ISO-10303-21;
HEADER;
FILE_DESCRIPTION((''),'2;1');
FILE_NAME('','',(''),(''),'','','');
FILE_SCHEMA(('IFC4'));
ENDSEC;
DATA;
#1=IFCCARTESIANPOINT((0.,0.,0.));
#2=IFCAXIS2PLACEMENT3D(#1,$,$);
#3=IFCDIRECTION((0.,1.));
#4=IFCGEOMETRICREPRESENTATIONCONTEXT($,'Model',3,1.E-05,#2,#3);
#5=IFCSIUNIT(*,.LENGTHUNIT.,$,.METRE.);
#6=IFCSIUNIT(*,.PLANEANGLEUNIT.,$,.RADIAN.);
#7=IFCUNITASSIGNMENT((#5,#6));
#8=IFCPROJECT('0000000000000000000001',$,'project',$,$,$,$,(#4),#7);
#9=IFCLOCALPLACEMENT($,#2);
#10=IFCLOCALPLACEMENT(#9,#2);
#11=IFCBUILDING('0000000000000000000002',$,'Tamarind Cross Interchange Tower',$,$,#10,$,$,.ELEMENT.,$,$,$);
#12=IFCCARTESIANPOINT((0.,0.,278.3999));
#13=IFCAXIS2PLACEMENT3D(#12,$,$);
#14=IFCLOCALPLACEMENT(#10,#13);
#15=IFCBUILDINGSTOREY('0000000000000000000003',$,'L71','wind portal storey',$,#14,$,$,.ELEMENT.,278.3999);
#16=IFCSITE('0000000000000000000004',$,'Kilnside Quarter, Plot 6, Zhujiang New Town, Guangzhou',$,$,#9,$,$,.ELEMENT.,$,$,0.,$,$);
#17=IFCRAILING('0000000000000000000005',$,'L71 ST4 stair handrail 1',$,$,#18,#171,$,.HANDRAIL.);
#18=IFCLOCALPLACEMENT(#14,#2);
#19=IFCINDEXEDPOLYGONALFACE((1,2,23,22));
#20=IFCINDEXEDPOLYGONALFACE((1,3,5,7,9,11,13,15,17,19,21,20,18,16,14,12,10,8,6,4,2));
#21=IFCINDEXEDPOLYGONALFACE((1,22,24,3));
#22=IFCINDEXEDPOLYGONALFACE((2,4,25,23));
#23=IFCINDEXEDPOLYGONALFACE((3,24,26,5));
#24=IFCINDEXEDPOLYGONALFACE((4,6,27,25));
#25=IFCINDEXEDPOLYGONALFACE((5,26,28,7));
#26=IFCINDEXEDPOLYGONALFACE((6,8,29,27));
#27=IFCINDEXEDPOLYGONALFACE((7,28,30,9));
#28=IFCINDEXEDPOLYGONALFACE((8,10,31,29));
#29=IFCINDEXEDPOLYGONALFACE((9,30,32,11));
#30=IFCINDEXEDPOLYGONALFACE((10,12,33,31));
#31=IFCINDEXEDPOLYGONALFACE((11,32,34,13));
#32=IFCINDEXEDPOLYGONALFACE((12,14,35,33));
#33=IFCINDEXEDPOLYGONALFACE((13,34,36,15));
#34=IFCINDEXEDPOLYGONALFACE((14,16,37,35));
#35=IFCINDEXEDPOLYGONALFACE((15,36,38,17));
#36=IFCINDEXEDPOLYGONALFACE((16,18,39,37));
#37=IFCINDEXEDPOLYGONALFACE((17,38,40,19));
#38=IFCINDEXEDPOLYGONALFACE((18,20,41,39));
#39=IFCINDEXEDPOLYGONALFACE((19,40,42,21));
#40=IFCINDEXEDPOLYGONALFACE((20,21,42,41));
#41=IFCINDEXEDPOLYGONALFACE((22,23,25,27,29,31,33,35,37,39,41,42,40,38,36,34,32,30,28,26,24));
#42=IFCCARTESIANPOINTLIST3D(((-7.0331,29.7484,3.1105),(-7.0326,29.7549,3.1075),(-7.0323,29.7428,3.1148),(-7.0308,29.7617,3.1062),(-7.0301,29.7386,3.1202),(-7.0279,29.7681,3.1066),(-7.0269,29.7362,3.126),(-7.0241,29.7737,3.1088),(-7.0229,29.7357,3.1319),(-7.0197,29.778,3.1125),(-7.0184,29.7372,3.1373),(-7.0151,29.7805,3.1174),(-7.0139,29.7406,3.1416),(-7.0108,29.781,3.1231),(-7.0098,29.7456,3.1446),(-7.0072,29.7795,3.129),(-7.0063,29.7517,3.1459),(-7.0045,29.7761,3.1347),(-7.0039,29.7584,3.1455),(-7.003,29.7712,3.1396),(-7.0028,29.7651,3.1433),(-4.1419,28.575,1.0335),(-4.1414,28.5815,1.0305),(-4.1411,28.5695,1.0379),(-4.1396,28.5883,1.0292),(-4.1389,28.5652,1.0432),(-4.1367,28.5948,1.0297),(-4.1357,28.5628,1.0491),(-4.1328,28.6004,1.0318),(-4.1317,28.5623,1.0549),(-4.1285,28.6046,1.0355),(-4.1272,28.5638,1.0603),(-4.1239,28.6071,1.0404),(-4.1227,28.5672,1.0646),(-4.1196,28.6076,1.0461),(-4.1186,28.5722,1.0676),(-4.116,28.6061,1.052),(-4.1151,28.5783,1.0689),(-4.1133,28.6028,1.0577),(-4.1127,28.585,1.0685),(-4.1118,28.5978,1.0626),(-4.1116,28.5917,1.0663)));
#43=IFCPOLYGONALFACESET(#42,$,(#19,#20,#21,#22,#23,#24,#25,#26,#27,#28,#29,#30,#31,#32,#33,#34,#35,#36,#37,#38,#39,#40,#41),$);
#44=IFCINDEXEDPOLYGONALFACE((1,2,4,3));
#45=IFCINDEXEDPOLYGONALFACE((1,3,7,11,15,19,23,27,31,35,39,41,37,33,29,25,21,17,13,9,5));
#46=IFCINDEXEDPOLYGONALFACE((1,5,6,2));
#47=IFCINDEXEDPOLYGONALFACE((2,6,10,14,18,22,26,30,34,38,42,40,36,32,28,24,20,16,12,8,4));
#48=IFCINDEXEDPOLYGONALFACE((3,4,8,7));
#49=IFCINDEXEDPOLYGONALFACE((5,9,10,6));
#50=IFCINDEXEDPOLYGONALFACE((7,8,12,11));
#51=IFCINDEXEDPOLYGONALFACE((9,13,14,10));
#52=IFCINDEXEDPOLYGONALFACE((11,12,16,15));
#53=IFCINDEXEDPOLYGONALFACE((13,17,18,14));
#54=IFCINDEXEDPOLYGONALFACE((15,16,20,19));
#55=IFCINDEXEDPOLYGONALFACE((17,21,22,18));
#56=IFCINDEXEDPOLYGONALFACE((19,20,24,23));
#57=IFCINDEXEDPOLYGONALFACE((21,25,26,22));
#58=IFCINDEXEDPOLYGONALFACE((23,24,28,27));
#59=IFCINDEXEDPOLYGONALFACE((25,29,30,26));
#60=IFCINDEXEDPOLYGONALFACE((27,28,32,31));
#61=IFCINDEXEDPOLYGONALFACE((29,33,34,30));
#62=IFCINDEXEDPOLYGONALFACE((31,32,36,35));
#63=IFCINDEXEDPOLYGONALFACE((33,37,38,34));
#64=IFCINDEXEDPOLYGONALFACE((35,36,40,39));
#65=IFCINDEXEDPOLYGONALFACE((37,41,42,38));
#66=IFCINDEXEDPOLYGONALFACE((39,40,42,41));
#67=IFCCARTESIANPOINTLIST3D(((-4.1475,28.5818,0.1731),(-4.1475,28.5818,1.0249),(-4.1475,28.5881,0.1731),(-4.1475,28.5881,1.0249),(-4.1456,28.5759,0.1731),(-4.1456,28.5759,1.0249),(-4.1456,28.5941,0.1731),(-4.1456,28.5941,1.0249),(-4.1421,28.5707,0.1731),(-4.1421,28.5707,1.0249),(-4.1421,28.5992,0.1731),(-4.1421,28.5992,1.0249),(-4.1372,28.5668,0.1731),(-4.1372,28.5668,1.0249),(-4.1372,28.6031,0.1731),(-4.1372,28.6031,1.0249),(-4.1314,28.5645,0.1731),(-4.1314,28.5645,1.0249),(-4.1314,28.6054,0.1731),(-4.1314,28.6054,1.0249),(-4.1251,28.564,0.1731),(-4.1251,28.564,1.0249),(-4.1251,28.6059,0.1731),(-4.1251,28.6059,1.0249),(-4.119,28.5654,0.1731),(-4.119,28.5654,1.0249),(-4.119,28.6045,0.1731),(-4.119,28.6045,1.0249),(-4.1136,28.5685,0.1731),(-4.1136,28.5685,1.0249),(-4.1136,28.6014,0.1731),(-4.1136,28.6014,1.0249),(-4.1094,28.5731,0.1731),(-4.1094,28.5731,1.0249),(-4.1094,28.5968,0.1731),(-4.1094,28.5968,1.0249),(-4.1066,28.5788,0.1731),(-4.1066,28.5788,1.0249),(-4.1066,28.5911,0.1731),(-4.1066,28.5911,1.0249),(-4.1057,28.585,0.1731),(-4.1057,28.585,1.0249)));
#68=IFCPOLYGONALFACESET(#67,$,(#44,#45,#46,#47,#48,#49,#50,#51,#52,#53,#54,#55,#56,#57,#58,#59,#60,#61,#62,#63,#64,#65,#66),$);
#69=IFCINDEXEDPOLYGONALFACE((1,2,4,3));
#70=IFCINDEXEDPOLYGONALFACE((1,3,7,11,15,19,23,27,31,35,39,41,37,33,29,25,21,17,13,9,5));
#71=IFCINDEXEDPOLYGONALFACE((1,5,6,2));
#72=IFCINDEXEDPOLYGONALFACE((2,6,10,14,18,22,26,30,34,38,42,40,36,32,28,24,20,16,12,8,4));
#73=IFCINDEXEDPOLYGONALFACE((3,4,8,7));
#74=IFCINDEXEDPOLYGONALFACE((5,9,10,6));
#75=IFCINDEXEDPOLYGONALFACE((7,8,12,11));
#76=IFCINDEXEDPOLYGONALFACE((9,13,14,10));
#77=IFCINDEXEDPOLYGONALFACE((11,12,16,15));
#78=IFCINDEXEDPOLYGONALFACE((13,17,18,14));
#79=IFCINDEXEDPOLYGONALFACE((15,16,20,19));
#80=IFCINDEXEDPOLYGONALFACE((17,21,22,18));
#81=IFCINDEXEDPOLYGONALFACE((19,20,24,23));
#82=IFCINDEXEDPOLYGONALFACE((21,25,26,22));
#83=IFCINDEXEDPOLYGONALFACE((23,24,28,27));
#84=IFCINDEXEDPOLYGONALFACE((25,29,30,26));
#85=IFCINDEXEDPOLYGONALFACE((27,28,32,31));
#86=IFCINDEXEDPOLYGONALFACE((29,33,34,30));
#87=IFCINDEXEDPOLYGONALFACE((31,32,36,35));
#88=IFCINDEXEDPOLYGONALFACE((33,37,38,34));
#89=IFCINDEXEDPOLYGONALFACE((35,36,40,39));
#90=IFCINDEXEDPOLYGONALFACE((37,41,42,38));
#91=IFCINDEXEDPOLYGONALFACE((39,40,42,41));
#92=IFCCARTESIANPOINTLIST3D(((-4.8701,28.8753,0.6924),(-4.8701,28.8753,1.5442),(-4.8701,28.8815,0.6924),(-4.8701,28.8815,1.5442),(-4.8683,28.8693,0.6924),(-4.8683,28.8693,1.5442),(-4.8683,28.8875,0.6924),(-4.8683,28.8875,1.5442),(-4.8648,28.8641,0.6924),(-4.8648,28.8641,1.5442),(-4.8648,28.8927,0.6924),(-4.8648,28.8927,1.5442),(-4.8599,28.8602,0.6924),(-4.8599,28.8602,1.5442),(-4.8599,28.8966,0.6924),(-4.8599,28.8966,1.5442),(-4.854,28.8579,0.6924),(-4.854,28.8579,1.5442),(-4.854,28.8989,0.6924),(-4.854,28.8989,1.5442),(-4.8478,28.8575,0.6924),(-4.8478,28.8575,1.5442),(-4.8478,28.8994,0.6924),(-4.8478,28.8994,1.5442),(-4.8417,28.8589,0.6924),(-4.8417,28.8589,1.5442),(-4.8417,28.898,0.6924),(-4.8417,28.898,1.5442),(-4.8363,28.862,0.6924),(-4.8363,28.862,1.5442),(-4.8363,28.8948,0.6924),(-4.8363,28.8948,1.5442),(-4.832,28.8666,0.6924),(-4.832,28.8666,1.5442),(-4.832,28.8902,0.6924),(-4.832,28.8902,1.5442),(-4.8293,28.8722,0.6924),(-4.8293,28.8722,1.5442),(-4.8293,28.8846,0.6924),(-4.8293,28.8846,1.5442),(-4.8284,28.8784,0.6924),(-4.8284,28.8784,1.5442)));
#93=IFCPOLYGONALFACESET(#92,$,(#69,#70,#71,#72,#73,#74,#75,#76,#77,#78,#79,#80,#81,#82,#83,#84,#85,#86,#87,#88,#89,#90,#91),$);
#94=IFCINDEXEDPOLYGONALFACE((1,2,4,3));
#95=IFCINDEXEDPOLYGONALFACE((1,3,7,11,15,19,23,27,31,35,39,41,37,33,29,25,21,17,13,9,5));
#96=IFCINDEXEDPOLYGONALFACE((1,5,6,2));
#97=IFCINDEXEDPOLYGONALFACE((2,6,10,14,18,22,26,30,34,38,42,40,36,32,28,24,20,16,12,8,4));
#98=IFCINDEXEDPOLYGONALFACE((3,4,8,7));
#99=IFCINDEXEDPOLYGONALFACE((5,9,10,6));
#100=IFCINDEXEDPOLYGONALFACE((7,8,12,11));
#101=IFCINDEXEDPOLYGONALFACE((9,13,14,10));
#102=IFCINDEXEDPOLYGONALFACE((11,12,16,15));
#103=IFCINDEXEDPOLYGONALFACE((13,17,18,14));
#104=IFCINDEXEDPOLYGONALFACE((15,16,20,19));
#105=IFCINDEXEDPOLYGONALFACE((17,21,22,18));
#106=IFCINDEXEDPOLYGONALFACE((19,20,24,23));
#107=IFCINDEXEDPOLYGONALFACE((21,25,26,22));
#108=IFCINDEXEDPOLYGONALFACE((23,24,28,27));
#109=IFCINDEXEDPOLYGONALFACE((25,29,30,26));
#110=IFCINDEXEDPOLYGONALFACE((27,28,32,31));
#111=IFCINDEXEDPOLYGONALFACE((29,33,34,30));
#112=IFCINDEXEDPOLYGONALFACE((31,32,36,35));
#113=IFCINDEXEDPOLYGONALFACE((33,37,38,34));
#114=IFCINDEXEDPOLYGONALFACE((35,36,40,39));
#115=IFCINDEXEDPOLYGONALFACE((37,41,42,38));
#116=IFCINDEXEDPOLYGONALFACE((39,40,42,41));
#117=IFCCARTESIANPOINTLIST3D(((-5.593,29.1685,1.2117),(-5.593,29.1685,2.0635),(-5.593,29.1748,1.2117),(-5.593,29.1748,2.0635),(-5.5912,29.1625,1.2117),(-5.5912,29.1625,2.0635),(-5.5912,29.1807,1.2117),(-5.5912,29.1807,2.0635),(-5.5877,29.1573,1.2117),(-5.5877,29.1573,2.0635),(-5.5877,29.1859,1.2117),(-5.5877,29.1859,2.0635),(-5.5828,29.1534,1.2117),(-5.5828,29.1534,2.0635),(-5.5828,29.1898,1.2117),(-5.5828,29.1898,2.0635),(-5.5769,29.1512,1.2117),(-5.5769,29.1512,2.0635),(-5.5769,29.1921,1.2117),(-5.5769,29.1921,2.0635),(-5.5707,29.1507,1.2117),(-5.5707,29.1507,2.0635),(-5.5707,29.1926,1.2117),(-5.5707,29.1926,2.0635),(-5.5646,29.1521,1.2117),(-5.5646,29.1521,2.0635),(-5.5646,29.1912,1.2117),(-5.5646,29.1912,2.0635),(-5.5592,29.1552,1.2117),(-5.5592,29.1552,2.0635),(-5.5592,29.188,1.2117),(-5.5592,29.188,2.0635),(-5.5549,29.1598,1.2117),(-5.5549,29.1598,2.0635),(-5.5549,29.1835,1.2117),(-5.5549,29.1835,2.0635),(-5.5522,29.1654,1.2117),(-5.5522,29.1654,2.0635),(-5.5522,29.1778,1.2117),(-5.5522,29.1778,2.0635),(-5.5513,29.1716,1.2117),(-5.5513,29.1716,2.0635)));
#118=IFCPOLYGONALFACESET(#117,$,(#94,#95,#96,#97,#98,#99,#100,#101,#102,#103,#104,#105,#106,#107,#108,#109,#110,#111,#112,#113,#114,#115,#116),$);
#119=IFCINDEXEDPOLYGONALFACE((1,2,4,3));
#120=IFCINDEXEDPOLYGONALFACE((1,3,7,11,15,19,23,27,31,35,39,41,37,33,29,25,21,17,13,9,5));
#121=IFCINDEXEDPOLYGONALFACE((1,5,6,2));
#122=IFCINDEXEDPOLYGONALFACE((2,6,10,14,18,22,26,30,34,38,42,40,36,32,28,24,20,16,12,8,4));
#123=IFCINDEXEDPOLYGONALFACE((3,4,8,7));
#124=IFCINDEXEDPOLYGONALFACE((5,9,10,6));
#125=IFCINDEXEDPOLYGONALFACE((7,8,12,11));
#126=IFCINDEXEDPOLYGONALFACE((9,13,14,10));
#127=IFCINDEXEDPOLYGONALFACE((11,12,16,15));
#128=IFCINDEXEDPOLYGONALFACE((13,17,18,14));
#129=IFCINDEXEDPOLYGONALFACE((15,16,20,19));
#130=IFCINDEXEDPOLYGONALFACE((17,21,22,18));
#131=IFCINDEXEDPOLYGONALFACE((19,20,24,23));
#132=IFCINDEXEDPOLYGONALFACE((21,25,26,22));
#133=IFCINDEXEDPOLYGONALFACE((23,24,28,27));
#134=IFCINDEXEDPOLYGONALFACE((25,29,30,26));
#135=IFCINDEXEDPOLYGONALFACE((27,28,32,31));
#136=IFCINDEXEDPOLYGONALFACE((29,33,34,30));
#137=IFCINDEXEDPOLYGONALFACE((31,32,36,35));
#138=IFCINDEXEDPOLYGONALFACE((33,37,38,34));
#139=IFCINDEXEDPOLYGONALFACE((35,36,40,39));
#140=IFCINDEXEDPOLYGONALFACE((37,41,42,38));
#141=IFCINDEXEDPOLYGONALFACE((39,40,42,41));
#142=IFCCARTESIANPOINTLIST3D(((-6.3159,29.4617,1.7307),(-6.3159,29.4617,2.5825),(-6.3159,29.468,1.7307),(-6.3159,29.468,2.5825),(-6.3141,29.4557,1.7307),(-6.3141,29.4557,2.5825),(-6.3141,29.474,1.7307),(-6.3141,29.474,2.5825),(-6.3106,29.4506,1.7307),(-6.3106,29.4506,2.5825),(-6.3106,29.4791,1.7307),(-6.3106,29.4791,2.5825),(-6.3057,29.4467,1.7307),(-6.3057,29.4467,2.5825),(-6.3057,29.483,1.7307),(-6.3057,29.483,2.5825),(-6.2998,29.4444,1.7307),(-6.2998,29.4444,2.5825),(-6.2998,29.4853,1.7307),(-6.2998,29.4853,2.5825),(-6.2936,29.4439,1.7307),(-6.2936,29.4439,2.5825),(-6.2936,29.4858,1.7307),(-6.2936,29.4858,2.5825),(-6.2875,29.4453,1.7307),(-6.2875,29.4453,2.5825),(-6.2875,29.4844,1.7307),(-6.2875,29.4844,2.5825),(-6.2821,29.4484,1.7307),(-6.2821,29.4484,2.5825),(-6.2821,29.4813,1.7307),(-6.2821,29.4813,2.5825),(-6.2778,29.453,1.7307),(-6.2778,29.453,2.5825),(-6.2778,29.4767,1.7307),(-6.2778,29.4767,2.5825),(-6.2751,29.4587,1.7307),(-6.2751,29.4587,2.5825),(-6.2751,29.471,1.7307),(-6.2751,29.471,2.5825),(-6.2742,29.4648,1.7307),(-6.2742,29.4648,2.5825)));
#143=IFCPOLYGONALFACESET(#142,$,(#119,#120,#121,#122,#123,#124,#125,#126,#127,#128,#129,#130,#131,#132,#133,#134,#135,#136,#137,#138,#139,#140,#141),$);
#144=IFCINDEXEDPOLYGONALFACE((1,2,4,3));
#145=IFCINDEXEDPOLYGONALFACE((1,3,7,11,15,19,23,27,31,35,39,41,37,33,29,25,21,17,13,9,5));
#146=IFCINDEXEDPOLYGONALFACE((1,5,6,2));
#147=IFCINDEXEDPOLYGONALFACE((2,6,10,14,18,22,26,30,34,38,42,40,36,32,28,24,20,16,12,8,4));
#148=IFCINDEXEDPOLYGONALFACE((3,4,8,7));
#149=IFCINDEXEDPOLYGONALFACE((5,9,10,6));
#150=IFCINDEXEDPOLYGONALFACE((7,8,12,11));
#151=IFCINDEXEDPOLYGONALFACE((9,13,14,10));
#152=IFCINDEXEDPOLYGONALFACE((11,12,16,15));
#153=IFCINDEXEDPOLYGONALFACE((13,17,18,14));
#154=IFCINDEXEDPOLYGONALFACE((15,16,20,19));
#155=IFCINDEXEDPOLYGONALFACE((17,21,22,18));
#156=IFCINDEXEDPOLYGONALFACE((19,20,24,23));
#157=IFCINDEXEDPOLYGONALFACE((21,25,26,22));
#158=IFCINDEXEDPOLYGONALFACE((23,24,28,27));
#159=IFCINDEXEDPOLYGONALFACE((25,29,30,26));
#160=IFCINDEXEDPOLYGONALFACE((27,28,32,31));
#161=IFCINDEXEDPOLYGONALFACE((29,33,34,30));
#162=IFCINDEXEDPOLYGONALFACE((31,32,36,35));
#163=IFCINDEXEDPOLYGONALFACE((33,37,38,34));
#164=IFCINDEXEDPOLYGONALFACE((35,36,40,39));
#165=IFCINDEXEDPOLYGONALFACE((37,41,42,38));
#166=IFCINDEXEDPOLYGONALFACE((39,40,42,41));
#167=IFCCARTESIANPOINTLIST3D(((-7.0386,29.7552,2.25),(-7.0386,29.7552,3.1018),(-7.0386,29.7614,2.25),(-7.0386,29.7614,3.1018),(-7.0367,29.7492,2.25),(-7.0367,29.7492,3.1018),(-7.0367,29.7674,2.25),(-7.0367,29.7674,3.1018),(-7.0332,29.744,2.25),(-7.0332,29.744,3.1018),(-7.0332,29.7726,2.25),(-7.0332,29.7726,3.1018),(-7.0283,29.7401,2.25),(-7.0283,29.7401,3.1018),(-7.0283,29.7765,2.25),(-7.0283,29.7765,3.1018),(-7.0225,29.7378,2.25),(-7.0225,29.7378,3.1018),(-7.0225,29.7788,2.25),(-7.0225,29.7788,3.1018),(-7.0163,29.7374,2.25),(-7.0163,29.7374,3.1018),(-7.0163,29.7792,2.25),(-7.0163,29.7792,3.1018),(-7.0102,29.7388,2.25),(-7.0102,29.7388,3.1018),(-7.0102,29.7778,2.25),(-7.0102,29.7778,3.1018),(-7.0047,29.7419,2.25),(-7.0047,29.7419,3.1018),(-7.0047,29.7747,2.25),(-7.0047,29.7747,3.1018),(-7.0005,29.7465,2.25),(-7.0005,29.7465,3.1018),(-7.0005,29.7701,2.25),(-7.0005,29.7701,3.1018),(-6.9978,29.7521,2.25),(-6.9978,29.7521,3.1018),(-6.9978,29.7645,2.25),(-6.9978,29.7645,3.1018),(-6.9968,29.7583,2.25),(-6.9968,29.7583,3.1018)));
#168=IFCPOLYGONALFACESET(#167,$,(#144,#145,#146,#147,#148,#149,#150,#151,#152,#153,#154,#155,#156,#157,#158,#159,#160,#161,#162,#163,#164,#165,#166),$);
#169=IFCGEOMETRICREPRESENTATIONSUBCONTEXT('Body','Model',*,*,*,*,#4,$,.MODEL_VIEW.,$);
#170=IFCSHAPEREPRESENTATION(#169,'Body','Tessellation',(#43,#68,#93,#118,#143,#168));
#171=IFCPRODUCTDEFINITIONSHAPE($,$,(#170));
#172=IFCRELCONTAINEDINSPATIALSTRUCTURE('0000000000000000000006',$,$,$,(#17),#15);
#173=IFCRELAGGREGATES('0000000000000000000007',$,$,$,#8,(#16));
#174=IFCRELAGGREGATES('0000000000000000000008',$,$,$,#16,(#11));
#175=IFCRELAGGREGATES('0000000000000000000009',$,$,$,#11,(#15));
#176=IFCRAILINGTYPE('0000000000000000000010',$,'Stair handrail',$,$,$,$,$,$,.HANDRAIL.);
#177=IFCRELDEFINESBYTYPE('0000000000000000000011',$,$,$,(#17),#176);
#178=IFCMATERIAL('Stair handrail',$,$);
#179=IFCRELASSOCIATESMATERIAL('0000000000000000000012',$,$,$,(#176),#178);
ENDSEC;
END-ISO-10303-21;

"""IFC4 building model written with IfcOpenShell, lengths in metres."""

from ifc_helpers import new_model, si_unit, direction, frame, origin, origin_2d, place, context, subcontext, project, spatial, circle, extrude, material, type_object, element, save


model = new_model("IFC4")

# Units and contexts
model_context = context("Model", 3, precision=1e-05, world=origin(), true_north=direction((0.0, 1.0)))
body_context = subcontext(model_context, "Body", "Model", "MODEL_VIEW")
ifc_project = project(units=[si_unit("LENGTHUNIT", "METRE"), si_unit("PLANEANGLEUNIT", "RADIAN")], contexts=[model_context])

# Site, building, storey
site_placement = place(None, origin())
site = spatial("IfcSite", under=ifc_project, at=site_placement, Name="Kilnside Quarter, Plot 6, Zhujiang New Town, Guangzhou", CompositionType="ELEMENT", RefElevation=0.0)
building_placement = place(site_placement, origin())
building = spatial("IfcBuilding", under=site, at=building_placement, Name="Tamarind Cross Interchange Tower", CompositionType="ELEMENT")
storey_placement = place(building_placement, frame((0.0, 0.0, 278.3999)))
storey = spatial("IfcBuildingStorey", under=building, at=storey_placement, Name="L71", Description="wind portal storey", CompositionType="ELEMENT", Elevation=278.3999)

# Railing
ifc_material_1 = material(Name="Stair handrail")
railing_type_1 = type_object("IfcRailingType", Name="Stair handrail", PredefinedType="HANDRAIL", material=ifc_material_1)
for number, where, name in (
    (1, (-4.1267, 28.585, 0.1731), "L71 ST4 stair handrail 1"),
):
    element("IfcRailing", number, at=place(storey_placement, frame(where)), inside=storey, type_object=railing_type_1, Name=name, PredefinedType="HANDRAIL", context=body_context, shape_type="SweptSolid", body=[
        extrude(circle(Radius=0.0239, at=origin_2d()), frame((0.0, 0.0, 0.876), z_axis=(-0.77134, 0.313043, 0.554111), x_axis=(-0.376054, -0.926598, 0.0)), (0.0, 0.0, 1.0), 3.7483),
        extrude(circle(Radius=0.021, at=origin_2d()), origin(), (0.0, 0.0, 1.0), 0.8518),
        extrude(circle(Radius=0.021, at=origin_2d()), frame((-0.7227, 0.2935, 0.5193)), (0.0, 0.0, 1.0), 0.8518),
        extrude(circle(Radius=0.021, at=origin_2d()), frame((-1.4456, 0.5867, 1.0386)), (0.0, 0.0, 1.0), 0.8518),
        extrude(circle(Radius=0.021, at=origin_2d()), frame((-2.1685, 0.8799, 1.5576)), (0.0, 0.0, 1.0), 0.8518),
        extrude(circle(Radius=0.021, at=origin_2d()), frame((-2.8911, 1.1733, 2.0769)), (0.0, 0.0, 1.0), 0.8518),
    ])

save(model, "model.ifc")
